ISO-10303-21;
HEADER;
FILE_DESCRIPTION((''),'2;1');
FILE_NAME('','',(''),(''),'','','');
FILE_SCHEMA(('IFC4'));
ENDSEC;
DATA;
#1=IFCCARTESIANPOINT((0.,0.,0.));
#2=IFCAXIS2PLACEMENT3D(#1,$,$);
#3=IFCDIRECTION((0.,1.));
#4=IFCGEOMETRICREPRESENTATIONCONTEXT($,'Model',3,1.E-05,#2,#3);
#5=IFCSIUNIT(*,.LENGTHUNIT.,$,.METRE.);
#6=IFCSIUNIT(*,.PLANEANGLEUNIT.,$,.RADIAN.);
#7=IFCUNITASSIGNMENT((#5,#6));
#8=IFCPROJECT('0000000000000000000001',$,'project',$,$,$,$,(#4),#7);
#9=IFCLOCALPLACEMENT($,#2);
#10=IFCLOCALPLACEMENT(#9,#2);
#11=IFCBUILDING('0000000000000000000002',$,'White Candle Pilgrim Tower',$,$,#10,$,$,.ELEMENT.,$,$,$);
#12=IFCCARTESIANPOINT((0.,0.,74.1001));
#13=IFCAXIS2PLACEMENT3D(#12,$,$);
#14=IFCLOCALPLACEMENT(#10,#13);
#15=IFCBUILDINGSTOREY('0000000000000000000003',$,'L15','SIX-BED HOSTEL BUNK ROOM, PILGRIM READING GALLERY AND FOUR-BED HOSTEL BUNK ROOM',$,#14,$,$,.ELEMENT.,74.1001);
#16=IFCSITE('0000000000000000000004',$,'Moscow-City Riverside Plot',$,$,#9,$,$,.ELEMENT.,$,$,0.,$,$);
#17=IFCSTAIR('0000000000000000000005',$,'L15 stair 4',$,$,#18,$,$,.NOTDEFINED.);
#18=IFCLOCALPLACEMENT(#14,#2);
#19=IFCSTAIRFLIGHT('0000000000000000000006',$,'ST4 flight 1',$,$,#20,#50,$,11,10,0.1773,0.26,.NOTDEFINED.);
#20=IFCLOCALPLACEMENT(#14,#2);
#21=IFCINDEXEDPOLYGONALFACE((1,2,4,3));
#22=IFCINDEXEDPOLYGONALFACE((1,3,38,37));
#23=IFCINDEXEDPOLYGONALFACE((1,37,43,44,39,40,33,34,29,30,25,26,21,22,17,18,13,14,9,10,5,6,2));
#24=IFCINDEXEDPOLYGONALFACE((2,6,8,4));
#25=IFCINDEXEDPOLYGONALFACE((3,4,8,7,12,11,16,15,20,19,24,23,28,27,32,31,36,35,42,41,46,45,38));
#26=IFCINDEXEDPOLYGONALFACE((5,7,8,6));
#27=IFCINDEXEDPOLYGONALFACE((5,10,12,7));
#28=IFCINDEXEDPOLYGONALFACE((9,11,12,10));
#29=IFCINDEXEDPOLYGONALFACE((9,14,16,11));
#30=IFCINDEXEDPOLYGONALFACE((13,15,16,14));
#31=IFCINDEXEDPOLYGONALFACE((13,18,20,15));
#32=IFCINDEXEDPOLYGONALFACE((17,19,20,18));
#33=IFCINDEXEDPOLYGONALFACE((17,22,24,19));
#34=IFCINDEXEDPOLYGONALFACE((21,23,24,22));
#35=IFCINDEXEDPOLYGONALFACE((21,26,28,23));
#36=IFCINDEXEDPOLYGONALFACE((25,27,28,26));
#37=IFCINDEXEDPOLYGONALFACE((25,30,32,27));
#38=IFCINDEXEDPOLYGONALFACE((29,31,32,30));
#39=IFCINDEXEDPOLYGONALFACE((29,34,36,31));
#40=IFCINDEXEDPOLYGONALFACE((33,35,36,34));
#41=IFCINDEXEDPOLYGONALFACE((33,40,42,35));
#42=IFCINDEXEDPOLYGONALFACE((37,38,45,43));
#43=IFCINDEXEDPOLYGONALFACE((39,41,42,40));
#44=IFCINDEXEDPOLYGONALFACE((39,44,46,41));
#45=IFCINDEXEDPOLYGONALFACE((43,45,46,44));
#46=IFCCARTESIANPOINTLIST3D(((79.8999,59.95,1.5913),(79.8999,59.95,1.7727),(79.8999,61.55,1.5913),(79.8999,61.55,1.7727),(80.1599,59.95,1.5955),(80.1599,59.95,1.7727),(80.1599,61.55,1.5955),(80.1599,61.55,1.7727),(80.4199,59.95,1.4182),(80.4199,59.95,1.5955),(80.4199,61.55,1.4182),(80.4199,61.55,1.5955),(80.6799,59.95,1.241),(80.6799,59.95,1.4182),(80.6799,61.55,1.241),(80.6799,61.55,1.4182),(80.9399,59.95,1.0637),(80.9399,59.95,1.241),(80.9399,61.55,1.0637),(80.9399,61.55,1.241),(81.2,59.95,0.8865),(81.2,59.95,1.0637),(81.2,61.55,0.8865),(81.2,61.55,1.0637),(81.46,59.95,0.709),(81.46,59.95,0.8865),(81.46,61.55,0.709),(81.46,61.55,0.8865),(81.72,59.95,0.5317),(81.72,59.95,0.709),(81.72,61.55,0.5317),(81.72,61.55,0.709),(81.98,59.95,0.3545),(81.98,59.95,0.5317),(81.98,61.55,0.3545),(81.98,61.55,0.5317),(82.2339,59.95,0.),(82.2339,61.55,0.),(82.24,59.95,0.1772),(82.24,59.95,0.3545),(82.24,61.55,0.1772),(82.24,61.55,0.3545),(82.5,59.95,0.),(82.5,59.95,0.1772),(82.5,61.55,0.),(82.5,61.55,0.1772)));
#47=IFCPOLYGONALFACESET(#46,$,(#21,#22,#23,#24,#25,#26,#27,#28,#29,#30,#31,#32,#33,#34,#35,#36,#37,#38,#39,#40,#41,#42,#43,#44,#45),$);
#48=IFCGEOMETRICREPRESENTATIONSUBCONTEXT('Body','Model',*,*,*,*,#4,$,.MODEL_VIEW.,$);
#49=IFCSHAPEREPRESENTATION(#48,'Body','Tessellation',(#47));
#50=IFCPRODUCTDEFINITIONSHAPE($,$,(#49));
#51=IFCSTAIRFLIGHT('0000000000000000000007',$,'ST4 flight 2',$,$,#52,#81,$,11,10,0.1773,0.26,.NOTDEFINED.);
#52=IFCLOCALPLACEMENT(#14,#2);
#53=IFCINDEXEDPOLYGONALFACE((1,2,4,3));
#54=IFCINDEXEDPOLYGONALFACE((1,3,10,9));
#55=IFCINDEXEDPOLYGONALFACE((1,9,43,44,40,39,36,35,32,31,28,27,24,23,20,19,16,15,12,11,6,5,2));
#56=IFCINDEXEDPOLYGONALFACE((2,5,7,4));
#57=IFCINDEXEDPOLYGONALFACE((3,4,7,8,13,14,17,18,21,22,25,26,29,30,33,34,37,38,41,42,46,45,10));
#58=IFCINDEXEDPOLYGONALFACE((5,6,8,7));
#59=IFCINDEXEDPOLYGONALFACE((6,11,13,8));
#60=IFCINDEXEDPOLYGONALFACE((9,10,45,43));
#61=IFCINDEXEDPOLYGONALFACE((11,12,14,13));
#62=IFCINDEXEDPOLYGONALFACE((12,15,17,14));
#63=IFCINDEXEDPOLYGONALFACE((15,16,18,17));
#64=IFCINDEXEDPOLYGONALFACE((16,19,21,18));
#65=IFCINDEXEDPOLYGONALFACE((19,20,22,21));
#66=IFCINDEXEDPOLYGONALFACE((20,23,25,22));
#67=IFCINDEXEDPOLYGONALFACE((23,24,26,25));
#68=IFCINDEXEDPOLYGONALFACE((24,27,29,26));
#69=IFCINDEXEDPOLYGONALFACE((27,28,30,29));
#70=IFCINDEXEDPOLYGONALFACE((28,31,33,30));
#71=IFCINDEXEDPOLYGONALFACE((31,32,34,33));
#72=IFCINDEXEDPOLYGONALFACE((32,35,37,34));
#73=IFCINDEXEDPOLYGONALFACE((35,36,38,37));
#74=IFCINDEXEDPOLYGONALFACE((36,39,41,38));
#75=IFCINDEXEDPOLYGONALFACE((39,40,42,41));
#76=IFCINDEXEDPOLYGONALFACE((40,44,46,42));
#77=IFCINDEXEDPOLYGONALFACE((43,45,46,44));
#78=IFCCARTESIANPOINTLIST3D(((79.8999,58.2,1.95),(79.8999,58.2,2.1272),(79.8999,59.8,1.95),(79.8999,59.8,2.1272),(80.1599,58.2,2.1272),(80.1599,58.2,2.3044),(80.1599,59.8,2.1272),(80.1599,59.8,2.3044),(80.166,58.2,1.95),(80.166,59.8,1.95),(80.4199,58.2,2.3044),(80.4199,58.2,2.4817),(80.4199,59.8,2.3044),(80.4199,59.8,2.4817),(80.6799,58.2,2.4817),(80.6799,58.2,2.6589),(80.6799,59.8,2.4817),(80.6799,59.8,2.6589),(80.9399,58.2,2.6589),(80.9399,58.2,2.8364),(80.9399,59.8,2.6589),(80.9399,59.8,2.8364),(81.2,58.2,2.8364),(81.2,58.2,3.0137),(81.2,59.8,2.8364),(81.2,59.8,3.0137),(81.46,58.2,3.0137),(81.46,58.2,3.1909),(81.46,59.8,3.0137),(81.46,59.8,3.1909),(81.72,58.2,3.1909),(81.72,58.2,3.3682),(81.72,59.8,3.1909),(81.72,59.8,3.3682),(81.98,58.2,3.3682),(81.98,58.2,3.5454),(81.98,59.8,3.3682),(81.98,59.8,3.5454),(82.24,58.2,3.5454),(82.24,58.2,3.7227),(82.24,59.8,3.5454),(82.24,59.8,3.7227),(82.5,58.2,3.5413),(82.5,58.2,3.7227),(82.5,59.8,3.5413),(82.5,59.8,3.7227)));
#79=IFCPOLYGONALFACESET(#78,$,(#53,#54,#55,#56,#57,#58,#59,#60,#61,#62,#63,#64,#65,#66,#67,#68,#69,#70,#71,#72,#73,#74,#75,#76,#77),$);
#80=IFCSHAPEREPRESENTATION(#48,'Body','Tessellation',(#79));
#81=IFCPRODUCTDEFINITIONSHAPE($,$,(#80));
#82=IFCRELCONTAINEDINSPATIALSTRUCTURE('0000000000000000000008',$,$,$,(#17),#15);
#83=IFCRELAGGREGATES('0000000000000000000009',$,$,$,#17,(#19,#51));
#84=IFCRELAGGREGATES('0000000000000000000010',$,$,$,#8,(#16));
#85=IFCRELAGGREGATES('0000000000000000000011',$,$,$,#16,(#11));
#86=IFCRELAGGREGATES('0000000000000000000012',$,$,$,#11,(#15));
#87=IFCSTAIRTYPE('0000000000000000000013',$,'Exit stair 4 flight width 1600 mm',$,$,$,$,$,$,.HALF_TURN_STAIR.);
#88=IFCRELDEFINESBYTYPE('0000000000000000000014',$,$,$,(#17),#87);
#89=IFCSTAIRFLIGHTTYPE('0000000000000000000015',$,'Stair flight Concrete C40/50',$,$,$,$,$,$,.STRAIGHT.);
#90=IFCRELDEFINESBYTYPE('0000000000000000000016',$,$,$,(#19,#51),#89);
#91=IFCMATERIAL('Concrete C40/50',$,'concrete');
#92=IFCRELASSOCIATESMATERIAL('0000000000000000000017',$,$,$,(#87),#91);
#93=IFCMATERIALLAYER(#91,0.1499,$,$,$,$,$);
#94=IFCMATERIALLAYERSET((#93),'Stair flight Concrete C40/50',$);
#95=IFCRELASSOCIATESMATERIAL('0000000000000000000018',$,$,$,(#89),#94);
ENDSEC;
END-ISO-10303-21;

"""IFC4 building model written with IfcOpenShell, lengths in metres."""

from ifc_helpers import new_model, si_unit, direction, frame, origin, place, context, subcontext, project, spatial, polyline, outline, extrude, material, layer, layer_set, type_object, element, aggregate, save


model = new_model("IFC4")

# Units and contexts
model_context = context("Model", 3, precision=1e-05, world=origin(), true_north=direction((0.0, 1.0)))
body_context = subcontext(model_context, "Body", "Model", "MODEL_VIEW")
ifc_project = project(units=[si_unit("LENGTHUNIT", "METRE"), si_unit("PLANEANGLEUNIT", "RADIAN")], contexts=[model_context])

# Site, building, storey
site_placement = place(None, origin())
site = spatial("IfcSite", under=ifc_project, at=site_placement, Name="Moscow-City Riverside Plot", CompositionType="ELEMENT", RefElevation=0.0)
building_placement = place(site_placement, origin())
building = spatial("IfcBuilding", under=site, at=building_placement, Name="White Candle Pilgrim Tower", CompositionType="ELEMENT")
storey_placement = place(building_placement, frame((0.0, 0.0, 74.1001)))
storey = spatial("IfcBuildingStorey", under=building, at=storey_placement, Name="L15", Description="SIX-BED HOSTEL BUNK ROOM, PILGRIM READING GALLERY AND FOUR-BED HOSTEL BUNK ROOM", CompositionType="ELEMENT", Elevation=74.1001)

# Stair, stair flights
ifc_material_1 = material(Name="Concrete C40/50", Category="concrete")
stair_type = type_object("IfcStairType", Name="Exit stair 4 flight width 1600 mm", PredefinedType="HALF_TURN_STAIR", material=ifc_material_1)
stair_placement = place(storey_placement, origin())
stair = element("IfcStair", 1, at=stair_placement, inside=storey, type_object=stair_type, Name="L15 stair 4", PredefinedType="NOTDEFINED")
ifc_layer_1 = layer(ifc_material_1, 0.1499)
ifc_layer_set_1 = layer_set([ifc_layer_1], Name="Stair flight Concrete C40/50")
stair_flight_type = type_object("IfcStairFlightType", Name="Stair flight Concrete C40/50", PredefinedType="STRAIGHT", material=ifc_layer_set_1)
stair_flight_1_placement = place(storey_placement, frame((82.5, 60.75, 0.0), z_axis=(0.0, 0.0, 1.0), x_axis=(-1.0, 0.0, 0.0)))
stair_flight_1 = element("IfcStairFlight", 2, at=stair_flight_1_placement, type_object=stair_flight_type, Name="ST4 flight 1", NumberOfRisers=11, NumberOfTreads=10, PredefinedType="NOTDEFINED", RiserHeight=0.1773, TreadLength=0.26, context=body_context, shape_type="SweptSolid", body=[
    extrude(outline(polyline([(0.0, 0.0), (0.0, 0.1772), (0.26, 0.1772), (0.26, 0.3545), (0.52, 0.3545), (0.52, 0.5317), (0.78, 0.5317), (0.78, 0.709), (1.04, 0.709), (1.04, 0.8865), (1.3, 0.8865), (1.3, 1.0637), (1.5601, 1.0637), (1.5601, 1.241), (1.8201, 1.241), (1.8201, 1.4182), (2.0801, 1.4182), (2.0801, 1.5955), (2.3401, 1.5955), (2.3401, 1.7727), (2.6001, 1.7727), (2.6001, 1.95), (2.6001, 1.5913), (0.2661, 0.0), (0.0, 0.0)])), frame((0.0, 0.8, 0.0), z_axis=(0.0, -1.0, 0.0), x_axis=(1.0, 0.0, 0.0)), (0.0, 0.0, 1.0), 1.6001),
])
stair_flight_2_placement = place(storey_placement, frame((79.8999, 59.0, 1.95), z_axis=(0.0, 0.0, 1.0), x_axis=(1.0, 0.0, 0.0)))
stair_flight_2 = element("IfcStairFlight", 3, at=stair_flight_2_placement, type_object=stair_flight_type, Name="ST4 flight 2", NumberOfRisers=11, NumberOfTreads=10, PredefinedType="NOTDEFINED", RiserHeight=0.1773, TreadLength=0.26, context=body_context, shape_type="SweptSolid", body=[
    extrude(outline(polyline([(0.0, 0.0), (0.0, 0.1772), (0.26, 0.1772), (0.26, 0.3545), (0.52, 0.3545), (0.52, 0.5317), (0.78, 0.5317), (0.78, 0.709), (1.04, 0.709), (1.04, 0.8865), (1.3, 0.8865), (1.3, 1.0637), (1.5601, 1.0637), (1.5601, 1.241), (1.8201, 1.241), (1.8201, 1.4182), (2.0801, 1.4182), (2.0801, 1.5955), (2.3401, 1.5955), (2.3401, 1.7727), (2.6001, 1.7727), (2.6001, 1.95), (2.6001, 1.5913), (0.2661, 0.0), (0.0, 0.0)])), frame((0.0, 0.8, 0.0), z_axis=(0.0, -1.0, 0.0), x_axis=(1.0, 0.0, 0.0)), (0.0, 0.0, 1.0), 1.6001),
])
aggregate(stair, [stair_flight_1, stair_flight_2])

save(model, "model.ifc")
